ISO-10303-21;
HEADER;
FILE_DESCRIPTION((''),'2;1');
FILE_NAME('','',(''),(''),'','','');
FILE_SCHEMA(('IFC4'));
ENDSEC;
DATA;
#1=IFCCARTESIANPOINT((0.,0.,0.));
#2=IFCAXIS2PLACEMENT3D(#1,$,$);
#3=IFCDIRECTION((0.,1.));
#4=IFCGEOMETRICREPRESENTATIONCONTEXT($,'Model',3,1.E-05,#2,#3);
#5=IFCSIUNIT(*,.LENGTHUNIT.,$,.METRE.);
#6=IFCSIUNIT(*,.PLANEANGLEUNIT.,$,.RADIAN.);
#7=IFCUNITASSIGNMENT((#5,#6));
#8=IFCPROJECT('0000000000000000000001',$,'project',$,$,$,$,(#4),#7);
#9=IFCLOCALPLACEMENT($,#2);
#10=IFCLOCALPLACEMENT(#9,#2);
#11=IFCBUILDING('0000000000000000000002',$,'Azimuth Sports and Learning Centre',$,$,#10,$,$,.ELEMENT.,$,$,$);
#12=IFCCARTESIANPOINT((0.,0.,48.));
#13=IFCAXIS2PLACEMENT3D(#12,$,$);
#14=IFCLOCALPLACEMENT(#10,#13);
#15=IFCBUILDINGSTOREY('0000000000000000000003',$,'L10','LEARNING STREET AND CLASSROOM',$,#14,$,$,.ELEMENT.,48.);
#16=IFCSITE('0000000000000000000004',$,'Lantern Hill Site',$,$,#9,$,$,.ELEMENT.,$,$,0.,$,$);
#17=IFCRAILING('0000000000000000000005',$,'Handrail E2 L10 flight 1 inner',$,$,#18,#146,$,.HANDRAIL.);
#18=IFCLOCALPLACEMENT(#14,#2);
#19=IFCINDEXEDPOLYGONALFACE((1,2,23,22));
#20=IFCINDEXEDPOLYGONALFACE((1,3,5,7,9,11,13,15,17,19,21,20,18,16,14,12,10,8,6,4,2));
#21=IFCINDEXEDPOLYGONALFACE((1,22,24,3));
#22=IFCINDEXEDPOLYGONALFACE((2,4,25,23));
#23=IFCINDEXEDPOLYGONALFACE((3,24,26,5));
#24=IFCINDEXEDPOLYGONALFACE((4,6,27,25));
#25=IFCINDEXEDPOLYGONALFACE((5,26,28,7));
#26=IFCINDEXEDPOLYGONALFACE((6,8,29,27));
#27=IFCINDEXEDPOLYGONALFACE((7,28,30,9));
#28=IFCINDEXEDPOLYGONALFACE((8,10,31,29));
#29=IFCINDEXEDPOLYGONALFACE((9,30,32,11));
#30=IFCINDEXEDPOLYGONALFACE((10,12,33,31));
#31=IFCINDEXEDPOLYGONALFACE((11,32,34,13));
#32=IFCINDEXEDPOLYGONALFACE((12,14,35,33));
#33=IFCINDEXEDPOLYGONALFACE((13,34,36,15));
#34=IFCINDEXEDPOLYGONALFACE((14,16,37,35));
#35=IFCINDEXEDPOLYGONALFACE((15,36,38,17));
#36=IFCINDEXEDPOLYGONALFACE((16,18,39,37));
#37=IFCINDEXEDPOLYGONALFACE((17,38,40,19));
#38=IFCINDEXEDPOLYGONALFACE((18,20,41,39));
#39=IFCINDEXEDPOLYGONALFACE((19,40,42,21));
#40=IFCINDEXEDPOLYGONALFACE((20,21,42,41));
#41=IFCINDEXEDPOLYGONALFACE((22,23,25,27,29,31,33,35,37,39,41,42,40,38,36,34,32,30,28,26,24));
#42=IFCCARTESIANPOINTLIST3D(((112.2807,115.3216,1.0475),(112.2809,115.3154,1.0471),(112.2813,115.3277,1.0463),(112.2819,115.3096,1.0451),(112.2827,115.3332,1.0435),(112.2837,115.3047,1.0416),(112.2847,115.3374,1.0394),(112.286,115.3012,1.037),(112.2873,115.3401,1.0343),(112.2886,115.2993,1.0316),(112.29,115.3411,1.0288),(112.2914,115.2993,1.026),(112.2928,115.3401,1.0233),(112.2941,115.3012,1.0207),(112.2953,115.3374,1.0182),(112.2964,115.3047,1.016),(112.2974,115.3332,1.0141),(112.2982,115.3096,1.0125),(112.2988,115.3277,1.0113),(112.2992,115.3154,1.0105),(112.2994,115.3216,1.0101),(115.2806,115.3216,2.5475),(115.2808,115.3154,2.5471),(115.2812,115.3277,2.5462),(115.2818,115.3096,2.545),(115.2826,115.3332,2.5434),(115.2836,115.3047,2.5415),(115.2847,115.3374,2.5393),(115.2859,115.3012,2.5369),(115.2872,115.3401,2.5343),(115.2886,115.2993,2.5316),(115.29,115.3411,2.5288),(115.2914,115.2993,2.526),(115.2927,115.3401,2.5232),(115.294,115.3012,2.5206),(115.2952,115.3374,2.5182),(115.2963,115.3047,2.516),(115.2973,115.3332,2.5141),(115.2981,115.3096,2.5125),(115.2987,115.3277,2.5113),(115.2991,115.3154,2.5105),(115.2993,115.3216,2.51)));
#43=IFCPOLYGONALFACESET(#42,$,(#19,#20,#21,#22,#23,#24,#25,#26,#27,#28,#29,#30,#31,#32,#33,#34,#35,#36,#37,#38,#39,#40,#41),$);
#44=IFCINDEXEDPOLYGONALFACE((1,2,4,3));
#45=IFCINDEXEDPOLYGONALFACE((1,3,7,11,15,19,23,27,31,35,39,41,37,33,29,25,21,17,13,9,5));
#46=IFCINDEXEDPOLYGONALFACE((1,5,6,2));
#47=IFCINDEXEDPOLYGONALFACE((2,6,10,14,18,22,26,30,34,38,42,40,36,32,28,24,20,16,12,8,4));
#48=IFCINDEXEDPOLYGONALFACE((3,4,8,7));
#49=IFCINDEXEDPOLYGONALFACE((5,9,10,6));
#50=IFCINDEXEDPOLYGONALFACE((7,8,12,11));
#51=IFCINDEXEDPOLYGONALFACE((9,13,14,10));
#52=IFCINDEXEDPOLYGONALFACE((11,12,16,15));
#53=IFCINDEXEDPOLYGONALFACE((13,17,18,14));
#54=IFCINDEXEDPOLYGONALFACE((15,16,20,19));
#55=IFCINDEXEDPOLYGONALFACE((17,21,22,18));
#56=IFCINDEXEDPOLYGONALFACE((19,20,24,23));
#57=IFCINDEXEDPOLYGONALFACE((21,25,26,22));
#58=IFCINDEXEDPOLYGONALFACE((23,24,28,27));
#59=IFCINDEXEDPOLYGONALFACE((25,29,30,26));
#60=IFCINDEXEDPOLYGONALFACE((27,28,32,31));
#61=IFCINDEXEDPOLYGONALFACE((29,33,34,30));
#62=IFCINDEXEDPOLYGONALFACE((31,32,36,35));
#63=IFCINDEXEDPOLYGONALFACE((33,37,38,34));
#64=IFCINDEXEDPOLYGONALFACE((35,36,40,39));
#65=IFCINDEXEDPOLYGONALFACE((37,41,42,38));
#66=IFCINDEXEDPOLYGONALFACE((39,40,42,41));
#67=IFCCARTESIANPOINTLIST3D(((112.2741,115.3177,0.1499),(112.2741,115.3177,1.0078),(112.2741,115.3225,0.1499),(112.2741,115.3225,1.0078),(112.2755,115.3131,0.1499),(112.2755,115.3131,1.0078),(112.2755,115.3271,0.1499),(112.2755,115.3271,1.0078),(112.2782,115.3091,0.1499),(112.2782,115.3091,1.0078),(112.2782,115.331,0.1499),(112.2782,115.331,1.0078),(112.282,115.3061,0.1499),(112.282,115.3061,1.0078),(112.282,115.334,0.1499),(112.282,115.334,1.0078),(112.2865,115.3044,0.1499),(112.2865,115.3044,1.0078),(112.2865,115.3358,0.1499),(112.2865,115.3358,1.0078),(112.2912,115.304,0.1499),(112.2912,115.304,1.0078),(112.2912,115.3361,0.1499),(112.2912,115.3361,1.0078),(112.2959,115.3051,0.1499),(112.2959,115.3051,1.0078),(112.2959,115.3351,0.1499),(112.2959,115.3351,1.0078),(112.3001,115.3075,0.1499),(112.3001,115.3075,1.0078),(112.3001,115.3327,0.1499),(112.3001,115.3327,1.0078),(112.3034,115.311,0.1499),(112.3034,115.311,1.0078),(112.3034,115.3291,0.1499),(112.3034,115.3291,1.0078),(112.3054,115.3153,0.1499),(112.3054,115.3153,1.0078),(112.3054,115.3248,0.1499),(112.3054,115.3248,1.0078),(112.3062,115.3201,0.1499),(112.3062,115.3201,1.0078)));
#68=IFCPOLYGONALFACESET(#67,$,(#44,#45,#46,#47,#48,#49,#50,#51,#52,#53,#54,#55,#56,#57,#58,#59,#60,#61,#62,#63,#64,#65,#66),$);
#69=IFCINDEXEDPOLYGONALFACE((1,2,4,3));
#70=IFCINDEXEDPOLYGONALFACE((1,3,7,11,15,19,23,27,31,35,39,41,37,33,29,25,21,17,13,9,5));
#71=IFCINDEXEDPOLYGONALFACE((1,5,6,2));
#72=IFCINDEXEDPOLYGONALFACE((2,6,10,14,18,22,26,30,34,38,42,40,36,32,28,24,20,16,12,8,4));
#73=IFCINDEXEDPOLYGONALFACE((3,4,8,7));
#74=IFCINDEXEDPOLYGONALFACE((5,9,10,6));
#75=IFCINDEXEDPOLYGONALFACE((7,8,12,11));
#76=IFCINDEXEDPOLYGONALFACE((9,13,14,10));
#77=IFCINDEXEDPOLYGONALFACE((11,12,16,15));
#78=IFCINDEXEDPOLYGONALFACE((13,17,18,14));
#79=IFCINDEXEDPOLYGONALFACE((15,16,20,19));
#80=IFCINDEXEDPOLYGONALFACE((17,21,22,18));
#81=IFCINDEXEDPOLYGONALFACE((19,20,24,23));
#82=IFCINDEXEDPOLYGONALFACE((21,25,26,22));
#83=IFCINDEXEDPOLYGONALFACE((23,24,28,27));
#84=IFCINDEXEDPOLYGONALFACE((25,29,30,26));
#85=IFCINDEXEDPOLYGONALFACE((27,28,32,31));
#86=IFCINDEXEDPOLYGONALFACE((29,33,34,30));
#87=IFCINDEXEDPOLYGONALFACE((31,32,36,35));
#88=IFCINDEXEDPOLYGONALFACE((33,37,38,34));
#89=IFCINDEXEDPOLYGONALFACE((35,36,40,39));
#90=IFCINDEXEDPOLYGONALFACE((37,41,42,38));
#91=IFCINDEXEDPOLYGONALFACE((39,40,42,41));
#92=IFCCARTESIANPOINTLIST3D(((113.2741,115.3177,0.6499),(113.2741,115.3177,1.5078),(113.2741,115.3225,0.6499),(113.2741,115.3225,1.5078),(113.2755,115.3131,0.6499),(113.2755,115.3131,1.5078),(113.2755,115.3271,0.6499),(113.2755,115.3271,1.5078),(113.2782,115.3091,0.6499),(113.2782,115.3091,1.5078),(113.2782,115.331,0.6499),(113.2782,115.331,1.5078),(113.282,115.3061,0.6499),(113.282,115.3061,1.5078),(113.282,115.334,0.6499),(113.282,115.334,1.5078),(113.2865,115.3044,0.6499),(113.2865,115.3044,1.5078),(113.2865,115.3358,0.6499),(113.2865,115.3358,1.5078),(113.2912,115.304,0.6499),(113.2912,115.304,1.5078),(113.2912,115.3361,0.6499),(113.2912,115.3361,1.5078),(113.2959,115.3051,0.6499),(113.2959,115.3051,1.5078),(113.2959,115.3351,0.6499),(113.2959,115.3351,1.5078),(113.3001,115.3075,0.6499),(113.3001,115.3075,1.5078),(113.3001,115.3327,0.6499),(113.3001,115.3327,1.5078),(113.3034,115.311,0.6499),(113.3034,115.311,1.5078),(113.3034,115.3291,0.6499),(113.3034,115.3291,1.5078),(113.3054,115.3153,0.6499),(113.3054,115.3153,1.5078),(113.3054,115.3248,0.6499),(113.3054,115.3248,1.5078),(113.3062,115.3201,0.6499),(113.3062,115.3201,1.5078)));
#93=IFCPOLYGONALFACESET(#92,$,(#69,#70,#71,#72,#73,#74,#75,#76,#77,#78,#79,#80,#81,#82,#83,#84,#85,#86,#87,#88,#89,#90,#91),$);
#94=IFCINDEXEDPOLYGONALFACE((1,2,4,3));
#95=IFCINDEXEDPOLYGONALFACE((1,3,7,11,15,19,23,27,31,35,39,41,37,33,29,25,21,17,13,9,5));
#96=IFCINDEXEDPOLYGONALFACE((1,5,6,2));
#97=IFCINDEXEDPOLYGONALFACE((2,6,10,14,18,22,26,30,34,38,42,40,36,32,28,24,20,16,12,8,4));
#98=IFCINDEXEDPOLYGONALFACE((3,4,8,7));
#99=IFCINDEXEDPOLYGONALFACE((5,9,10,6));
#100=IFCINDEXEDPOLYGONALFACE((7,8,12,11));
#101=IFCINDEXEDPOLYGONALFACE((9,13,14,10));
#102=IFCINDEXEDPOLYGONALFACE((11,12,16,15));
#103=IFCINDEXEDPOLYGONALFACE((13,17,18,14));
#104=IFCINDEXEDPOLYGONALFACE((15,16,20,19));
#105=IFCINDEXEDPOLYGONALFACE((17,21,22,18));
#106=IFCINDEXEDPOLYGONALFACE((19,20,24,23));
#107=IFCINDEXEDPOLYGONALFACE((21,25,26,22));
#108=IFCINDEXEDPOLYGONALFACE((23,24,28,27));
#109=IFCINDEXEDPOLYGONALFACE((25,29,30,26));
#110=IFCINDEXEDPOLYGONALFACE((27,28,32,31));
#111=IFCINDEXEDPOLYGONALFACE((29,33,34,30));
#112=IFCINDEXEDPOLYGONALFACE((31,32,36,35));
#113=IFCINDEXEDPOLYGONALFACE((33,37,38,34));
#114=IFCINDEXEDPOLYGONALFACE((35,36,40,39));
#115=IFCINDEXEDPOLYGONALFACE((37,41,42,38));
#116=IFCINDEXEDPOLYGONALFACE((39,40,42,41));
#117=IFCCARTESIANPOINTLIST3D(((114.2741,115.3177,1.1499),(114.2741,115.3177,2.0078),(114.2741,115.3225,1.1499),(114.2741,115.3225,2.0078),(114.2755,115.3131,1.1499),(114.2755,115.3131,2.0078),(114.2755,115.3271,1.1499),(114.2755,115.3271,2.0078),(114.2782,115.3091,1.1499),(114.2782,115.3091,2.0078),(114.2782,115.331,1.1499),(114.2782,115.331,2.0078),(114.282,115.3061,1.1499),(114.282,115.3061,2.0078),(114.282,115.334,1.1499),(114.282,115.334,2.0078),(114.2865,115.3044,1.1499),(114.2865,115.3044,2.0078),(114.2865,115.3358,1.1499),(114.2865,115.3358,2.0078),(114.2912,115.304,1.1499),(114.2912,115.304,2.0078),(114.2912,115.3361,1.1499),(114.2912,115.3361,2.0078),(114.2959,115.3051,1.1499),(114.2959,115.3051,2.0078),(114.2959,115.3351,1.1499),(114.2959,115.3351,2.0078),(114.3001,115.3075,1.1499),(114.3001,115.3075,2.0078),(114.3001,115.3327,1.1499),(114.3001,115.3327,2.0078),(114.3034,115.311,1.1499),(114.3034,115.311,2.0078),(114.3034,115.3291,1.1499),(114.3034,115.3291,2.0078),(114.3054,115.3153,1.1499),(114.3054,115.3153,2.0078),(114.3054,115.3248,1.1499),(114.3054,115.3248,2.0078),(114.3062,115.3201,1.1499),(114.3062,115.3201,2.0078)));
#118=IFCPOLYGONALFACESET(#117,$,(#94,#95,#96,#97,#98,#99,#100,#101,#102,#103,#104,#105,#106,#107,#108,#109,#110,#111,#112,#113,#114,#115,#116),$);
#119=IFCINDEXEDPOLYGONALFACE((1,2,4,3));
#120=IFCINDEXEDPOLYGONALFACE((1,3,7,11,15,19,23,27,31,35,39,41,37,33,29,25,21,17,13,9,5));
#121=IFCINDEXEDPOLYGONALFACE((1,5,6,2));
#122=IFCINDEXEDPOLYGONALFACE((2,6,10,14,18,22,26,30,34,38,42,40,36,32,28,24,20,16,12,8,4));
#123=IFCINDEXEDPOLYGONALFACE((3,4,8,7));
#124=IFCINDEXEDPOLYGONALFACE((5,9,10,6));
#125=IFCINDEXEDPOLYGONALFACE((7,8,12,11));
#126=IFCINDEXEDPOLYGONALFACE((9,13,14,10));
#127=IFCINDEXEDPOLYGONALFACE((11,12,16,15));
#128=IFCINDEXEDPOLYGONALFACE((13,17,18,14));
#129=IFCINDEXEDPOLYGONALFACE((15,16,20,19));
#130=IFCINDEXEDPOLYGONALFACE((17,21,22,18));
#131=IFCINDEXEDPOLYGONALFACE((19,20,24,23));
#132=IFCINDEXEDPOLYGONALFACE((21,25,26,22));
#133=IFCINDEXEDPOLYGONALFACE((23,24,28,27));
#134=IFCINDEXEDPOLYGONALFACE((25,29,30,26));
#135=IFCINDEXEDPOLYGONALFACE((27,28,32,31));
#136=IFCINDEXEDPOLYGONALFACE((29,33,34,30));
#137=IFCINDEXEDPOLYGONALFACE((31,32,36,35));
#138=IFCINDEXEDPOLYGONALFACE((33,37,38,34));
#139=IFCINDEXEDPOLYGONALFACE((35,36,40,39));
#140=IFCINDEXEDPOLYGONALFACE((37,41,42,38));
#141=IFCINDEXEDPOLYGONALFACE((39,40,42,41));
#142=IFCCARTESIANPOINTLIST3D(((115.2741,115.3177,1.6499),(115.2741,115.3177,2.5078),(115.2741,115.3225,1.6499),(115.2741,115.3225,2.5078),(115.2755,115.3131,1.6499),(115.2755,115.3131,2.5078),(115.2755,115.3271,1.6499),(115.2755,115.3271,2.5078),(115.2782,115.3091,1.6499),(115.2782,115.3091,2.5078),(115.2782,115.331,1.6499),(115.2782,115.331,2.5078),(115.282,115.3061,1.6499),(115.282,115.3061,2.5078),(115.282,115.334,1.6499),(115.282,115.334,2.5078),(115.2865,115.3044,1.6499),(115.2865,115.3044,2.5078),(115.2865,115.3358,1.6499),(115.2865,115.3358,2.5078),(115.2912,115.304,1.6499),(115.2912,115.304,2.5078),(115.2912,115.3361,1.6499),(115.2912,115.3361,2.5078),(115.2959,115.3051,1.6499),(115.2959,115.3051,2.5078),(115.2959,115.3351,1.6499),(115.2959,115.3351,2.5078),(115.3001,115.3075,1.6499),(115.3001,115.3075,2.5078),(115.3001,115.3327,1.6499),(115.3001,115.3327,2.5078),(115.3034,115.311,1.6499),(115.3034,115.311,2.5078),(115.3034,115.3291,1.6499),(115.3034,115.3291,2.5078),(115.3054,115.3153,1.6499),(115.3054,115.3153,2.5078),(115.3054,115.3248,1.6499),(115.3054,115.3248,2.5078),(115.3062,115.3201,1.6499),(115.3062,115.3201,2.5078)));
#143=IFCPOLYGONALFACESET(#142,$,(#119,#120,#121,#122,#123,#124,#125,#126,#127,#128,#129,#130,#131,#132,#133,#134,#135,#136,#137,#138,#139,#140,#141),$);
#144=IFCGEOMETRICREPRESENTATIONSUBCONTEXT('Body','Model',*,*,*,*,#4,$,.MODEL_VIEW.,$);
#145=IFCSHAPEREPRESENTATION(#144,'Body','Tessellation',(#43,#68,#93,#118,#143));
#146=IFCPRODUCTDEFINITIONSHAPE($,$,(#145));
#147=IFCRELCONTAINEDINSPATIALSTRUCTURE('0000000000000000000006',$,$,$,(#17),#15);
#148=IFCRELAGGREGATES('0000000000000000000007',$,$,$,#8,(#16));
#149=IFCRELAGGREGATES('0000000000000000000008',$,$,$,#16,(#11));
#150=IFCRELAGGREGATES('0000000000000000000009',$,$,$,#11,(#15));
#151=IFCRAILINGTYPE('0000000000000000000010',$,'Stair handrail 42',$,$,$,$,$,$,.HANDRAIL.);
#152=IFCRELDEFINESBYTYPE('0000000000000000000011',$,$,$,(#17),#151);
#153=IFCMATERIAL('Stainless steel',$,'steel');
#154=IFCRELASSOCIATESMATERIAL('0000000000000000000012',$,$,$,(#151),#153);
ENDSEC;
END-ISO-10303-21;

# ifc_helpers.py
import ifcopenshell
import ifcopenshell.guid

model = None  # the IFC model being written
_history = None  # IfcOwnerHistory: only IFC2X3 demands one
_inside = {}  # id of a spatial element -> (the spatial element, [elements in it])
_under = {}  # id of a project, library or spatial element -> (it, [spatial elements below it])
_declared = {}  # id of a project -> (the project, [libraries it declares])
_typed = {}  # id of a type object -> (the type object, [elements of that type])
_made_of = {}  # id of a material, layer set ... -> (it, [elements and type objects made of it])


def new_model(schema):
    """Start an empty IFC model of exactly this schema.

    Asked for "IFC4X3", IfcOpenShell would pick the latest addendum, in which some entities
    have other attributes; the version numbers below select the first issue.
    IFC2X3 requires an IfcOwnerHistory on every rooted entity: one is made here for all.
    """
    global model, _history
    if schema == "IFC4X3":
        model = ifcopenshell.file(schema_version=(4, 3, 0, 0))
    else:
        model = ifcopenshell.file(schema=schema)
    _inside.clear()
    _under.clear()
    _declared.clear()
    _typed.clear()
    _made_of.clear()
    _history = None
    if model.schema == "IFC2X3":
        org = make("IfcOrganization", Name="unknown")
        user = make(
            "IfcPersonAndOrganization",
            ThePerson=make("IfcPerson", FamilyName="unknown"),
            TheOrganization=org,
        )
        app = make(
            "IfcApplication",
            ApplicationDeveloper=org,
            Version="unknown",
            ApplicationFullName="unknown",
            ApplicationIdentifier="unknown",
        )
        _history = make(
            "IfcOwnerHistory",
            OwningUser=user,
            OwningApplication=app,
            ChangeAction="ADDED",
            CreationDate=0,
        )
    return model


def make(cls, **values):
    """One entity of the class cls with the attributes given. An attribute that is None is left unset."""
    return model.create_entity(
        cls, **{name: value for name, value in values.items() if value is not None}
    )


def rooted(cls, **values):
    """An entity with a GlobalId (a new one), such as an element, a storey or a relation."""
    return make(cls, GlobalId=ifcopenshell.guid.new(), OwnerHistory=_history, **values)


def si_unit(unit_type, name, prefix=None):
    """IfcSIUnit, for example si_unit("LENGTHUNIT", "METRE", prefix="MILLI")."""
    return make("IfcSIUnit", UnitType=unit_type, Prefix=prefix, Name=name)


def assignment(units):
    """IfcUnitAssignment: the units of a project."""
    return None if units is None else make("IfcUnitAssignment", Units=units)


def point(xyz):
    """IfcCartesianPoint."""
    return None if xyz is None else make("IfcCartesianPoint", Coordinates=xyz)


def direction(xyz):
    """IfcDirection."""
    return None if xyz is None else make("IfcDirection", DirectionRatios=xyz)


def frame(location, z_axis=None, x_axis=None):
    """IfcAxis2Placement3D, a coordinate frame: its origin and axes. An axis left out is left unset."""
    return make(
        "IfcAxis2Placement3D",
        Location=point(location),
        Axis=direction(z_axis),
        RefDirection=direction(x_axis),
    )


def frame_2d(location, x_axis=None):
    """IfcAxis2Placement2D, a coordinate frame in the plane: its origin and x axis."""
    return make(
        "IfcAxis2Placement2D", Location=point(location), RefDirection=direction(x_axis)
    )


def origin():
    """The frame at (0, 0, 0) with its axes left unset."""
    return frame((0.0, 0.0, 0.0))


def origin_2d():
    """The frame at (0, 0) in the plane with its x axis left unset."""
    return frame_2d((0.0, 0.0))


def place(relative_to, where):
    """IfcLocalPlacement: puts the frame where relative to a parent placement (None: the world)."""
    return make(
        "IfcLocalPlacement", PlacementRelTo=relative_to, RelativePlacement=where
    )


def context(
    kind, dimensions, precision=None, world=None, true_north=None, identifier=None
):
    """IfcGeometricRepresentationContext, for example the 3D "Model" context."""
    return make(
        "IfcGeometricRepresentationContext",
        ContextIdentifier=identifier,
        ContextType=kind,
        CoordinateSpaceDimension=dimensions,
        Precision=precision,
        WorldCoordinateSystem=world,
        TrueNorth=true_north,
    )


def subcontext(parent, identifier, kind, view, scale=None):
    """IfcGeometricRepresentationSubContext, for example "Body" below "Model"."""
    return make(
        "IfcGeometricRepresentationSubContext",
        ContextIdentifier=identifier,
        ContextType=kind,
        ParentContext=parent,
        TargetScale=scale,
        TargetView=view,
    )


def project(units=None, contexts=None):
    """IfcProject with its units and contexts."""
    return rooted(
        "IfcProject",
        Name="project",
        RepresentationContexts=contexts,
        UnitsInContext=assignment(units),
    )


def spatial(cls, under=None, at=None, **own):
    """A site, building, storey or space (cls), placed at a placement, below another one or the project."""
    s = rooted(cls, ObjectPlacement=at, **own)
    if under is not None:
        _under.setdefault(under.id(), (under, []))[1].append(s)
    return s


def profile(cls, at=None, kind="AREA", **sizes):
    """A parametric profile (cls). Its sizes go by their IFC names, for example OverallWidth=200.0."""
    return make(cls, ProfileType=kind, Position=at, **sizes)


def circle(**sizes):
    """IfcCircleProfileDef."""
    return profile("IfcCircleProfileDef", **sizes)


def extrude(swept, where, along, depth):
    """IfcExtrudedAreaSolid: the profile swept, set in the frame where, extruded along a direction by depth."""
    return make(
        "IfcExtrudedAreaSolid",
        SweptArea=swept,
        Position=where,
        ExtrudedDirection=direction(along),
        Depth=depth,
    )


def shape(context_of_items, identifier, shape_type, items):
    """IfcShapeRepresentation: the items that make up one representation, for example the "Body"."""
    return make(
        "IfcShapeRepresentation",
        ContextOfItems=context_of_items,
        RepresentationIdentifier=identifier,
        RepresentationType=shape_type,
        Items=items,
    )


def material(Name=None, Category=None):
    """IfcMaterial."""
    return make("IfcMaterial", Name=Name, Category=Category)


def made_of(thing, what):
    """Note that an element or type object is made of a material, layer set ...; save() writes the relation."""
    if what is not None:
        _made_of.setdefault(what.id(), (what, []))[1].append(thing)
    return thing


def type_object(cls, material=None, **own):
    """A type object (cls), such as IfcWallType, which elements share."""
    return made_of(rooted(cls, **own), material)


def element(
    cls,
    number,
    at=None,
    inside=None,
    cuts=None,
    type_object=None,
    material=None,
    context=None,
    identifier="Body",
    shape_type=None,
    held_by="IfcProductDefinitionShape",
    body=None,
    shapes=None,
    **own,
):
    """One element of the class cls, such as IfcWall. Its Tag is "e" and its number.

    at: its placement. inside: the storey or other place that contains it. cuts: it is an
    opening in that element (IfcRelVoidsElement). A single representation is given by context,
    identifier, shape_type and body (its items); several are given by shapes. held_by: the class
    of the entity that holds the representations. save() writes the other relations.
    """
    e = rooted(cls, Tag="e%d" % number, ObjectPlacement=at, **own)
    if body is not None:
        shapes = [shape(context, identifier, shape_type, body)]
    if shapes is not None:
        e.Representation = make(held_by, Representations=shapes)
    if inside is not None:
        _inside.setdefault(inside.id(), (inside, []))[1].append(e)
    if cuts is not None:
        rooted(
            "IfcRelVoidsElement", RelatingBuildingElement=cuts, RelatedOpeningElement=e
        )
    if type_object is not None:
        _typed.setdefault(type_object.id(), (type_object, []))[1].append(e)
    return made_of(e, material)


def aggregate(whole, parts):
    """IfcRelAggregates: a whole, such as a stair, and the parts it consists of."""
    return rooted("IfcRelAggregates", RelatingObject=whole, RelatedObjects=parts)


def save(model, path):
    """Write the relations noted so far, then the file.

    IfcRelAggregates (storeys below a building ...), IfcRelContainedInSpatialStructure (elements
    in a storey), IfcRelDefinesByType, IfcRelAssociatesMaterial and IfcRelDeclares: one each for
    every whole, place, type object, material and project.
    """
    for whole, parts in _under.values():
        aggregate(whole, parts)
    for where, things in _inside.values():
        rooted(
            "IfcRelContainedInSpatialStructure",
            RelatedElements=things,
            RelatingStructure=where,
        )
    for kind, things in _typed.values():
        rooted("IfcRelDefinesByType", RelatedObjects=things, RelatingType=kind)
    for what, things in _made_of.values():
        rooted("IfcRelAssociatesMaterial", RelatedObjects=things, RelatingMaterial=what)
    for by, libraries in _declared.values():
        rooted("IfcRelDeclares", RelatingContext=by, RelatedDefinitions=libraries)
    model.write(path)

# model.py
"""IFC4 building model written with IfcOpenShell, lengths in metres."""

from ifc_helpers import new_model, si_unit, direction, frame, origin, origin_2d, place, context, subcontext, project, spatial, circle, extrude, material, type_object, element, save


model = new_model("IFC4")

# Units and contexts
model_context = context("Model", 3, precision=1e-05, world=origin(), true_north=direction((0.0, 1.0)))
body_context = subcontext(model_context, "Body", "Model", "MODEL_VIEW")
ifc_project = project(units=[si_unit("LENGTHUNIT", "METRE"), si_unit("PLANEANGLEUNIT", "RADIAN")], contexts=[model_context])

# Site, building, storey
site_placement = place(None, origin())
site = spatial("IfcSite", under=ifc_project, at=site_placement, Name="Lantern Hill Site", CompositionType="ELEMENT", RefElevation=0.0)
building_placement = place(site_placement, origin())
building = spatial("IfcBuilding", under=site, at=building_placement, Name="Azimuth Sports and Learning Centre", CompositionType="ELEMENT")
storey_placement = place(building_placement, frame((0.0, 0.0, 48.0)))
storey = spatial("IfcBuildingStorey", under=building, at=storey_placement, Name="L10", Description="LEARNING STREET AND CLASSROOM", CompositionType="ELEMENT", Elevation=48.0)

# Railing
ifc_material_1 = material(Name="Stainless steel", Category="steel")
railing_type_1 = type_object("IfcRailingType", Name="Stair handrail 42", PredefinedType="HANDRAIL", material=ifc_material_1)
for number, where, name in (
    (1, (112.29, 115.3201, 0.1499), "Handrail E2 L10 flight 1 inner"),
):
    element("IfcRailing", number, at=place(storey_placement, frame(where)), inside=storey, type_object=railing_type_1, Name=name, PredefinedType="HANDRAIL", context=body_context, shape_type="SweptSolid", body=[
        extrude(circle(Radius=0.021, at=origin_2d()), frame((0.0, 0.0, 0.8789), z_axis=(0.894427, 0.0, 0.447214), x_axis=(0.0, 1.0, 0.0)), (0.0, 0.0, 1.0), 3.354),
        extrude(circle(Radius=0.0161, at=origin_2d()), origin(), (0.0, 0.0, 1.0), 0.8579),
        extrude(circle(Radius=0.0161, at=origin_2d()), frame((1.0, 0.0, 0.5)), (0.0, 0.0, 1.0), 0.8579),
        extrude(circle(Radius=0.0161, at=origin_2d()), frame((2.0, 0.0, 1.0)), (0.0, 0.0, 1.0), 0.8579),
        extrude(circle(Radius=0.0161, at=origin_2d()), frame((3.0, 0.0, 1.5)), (0.0, 0.0, 1.0), 0.8579),
    ])

save(model, "model.ifc")
